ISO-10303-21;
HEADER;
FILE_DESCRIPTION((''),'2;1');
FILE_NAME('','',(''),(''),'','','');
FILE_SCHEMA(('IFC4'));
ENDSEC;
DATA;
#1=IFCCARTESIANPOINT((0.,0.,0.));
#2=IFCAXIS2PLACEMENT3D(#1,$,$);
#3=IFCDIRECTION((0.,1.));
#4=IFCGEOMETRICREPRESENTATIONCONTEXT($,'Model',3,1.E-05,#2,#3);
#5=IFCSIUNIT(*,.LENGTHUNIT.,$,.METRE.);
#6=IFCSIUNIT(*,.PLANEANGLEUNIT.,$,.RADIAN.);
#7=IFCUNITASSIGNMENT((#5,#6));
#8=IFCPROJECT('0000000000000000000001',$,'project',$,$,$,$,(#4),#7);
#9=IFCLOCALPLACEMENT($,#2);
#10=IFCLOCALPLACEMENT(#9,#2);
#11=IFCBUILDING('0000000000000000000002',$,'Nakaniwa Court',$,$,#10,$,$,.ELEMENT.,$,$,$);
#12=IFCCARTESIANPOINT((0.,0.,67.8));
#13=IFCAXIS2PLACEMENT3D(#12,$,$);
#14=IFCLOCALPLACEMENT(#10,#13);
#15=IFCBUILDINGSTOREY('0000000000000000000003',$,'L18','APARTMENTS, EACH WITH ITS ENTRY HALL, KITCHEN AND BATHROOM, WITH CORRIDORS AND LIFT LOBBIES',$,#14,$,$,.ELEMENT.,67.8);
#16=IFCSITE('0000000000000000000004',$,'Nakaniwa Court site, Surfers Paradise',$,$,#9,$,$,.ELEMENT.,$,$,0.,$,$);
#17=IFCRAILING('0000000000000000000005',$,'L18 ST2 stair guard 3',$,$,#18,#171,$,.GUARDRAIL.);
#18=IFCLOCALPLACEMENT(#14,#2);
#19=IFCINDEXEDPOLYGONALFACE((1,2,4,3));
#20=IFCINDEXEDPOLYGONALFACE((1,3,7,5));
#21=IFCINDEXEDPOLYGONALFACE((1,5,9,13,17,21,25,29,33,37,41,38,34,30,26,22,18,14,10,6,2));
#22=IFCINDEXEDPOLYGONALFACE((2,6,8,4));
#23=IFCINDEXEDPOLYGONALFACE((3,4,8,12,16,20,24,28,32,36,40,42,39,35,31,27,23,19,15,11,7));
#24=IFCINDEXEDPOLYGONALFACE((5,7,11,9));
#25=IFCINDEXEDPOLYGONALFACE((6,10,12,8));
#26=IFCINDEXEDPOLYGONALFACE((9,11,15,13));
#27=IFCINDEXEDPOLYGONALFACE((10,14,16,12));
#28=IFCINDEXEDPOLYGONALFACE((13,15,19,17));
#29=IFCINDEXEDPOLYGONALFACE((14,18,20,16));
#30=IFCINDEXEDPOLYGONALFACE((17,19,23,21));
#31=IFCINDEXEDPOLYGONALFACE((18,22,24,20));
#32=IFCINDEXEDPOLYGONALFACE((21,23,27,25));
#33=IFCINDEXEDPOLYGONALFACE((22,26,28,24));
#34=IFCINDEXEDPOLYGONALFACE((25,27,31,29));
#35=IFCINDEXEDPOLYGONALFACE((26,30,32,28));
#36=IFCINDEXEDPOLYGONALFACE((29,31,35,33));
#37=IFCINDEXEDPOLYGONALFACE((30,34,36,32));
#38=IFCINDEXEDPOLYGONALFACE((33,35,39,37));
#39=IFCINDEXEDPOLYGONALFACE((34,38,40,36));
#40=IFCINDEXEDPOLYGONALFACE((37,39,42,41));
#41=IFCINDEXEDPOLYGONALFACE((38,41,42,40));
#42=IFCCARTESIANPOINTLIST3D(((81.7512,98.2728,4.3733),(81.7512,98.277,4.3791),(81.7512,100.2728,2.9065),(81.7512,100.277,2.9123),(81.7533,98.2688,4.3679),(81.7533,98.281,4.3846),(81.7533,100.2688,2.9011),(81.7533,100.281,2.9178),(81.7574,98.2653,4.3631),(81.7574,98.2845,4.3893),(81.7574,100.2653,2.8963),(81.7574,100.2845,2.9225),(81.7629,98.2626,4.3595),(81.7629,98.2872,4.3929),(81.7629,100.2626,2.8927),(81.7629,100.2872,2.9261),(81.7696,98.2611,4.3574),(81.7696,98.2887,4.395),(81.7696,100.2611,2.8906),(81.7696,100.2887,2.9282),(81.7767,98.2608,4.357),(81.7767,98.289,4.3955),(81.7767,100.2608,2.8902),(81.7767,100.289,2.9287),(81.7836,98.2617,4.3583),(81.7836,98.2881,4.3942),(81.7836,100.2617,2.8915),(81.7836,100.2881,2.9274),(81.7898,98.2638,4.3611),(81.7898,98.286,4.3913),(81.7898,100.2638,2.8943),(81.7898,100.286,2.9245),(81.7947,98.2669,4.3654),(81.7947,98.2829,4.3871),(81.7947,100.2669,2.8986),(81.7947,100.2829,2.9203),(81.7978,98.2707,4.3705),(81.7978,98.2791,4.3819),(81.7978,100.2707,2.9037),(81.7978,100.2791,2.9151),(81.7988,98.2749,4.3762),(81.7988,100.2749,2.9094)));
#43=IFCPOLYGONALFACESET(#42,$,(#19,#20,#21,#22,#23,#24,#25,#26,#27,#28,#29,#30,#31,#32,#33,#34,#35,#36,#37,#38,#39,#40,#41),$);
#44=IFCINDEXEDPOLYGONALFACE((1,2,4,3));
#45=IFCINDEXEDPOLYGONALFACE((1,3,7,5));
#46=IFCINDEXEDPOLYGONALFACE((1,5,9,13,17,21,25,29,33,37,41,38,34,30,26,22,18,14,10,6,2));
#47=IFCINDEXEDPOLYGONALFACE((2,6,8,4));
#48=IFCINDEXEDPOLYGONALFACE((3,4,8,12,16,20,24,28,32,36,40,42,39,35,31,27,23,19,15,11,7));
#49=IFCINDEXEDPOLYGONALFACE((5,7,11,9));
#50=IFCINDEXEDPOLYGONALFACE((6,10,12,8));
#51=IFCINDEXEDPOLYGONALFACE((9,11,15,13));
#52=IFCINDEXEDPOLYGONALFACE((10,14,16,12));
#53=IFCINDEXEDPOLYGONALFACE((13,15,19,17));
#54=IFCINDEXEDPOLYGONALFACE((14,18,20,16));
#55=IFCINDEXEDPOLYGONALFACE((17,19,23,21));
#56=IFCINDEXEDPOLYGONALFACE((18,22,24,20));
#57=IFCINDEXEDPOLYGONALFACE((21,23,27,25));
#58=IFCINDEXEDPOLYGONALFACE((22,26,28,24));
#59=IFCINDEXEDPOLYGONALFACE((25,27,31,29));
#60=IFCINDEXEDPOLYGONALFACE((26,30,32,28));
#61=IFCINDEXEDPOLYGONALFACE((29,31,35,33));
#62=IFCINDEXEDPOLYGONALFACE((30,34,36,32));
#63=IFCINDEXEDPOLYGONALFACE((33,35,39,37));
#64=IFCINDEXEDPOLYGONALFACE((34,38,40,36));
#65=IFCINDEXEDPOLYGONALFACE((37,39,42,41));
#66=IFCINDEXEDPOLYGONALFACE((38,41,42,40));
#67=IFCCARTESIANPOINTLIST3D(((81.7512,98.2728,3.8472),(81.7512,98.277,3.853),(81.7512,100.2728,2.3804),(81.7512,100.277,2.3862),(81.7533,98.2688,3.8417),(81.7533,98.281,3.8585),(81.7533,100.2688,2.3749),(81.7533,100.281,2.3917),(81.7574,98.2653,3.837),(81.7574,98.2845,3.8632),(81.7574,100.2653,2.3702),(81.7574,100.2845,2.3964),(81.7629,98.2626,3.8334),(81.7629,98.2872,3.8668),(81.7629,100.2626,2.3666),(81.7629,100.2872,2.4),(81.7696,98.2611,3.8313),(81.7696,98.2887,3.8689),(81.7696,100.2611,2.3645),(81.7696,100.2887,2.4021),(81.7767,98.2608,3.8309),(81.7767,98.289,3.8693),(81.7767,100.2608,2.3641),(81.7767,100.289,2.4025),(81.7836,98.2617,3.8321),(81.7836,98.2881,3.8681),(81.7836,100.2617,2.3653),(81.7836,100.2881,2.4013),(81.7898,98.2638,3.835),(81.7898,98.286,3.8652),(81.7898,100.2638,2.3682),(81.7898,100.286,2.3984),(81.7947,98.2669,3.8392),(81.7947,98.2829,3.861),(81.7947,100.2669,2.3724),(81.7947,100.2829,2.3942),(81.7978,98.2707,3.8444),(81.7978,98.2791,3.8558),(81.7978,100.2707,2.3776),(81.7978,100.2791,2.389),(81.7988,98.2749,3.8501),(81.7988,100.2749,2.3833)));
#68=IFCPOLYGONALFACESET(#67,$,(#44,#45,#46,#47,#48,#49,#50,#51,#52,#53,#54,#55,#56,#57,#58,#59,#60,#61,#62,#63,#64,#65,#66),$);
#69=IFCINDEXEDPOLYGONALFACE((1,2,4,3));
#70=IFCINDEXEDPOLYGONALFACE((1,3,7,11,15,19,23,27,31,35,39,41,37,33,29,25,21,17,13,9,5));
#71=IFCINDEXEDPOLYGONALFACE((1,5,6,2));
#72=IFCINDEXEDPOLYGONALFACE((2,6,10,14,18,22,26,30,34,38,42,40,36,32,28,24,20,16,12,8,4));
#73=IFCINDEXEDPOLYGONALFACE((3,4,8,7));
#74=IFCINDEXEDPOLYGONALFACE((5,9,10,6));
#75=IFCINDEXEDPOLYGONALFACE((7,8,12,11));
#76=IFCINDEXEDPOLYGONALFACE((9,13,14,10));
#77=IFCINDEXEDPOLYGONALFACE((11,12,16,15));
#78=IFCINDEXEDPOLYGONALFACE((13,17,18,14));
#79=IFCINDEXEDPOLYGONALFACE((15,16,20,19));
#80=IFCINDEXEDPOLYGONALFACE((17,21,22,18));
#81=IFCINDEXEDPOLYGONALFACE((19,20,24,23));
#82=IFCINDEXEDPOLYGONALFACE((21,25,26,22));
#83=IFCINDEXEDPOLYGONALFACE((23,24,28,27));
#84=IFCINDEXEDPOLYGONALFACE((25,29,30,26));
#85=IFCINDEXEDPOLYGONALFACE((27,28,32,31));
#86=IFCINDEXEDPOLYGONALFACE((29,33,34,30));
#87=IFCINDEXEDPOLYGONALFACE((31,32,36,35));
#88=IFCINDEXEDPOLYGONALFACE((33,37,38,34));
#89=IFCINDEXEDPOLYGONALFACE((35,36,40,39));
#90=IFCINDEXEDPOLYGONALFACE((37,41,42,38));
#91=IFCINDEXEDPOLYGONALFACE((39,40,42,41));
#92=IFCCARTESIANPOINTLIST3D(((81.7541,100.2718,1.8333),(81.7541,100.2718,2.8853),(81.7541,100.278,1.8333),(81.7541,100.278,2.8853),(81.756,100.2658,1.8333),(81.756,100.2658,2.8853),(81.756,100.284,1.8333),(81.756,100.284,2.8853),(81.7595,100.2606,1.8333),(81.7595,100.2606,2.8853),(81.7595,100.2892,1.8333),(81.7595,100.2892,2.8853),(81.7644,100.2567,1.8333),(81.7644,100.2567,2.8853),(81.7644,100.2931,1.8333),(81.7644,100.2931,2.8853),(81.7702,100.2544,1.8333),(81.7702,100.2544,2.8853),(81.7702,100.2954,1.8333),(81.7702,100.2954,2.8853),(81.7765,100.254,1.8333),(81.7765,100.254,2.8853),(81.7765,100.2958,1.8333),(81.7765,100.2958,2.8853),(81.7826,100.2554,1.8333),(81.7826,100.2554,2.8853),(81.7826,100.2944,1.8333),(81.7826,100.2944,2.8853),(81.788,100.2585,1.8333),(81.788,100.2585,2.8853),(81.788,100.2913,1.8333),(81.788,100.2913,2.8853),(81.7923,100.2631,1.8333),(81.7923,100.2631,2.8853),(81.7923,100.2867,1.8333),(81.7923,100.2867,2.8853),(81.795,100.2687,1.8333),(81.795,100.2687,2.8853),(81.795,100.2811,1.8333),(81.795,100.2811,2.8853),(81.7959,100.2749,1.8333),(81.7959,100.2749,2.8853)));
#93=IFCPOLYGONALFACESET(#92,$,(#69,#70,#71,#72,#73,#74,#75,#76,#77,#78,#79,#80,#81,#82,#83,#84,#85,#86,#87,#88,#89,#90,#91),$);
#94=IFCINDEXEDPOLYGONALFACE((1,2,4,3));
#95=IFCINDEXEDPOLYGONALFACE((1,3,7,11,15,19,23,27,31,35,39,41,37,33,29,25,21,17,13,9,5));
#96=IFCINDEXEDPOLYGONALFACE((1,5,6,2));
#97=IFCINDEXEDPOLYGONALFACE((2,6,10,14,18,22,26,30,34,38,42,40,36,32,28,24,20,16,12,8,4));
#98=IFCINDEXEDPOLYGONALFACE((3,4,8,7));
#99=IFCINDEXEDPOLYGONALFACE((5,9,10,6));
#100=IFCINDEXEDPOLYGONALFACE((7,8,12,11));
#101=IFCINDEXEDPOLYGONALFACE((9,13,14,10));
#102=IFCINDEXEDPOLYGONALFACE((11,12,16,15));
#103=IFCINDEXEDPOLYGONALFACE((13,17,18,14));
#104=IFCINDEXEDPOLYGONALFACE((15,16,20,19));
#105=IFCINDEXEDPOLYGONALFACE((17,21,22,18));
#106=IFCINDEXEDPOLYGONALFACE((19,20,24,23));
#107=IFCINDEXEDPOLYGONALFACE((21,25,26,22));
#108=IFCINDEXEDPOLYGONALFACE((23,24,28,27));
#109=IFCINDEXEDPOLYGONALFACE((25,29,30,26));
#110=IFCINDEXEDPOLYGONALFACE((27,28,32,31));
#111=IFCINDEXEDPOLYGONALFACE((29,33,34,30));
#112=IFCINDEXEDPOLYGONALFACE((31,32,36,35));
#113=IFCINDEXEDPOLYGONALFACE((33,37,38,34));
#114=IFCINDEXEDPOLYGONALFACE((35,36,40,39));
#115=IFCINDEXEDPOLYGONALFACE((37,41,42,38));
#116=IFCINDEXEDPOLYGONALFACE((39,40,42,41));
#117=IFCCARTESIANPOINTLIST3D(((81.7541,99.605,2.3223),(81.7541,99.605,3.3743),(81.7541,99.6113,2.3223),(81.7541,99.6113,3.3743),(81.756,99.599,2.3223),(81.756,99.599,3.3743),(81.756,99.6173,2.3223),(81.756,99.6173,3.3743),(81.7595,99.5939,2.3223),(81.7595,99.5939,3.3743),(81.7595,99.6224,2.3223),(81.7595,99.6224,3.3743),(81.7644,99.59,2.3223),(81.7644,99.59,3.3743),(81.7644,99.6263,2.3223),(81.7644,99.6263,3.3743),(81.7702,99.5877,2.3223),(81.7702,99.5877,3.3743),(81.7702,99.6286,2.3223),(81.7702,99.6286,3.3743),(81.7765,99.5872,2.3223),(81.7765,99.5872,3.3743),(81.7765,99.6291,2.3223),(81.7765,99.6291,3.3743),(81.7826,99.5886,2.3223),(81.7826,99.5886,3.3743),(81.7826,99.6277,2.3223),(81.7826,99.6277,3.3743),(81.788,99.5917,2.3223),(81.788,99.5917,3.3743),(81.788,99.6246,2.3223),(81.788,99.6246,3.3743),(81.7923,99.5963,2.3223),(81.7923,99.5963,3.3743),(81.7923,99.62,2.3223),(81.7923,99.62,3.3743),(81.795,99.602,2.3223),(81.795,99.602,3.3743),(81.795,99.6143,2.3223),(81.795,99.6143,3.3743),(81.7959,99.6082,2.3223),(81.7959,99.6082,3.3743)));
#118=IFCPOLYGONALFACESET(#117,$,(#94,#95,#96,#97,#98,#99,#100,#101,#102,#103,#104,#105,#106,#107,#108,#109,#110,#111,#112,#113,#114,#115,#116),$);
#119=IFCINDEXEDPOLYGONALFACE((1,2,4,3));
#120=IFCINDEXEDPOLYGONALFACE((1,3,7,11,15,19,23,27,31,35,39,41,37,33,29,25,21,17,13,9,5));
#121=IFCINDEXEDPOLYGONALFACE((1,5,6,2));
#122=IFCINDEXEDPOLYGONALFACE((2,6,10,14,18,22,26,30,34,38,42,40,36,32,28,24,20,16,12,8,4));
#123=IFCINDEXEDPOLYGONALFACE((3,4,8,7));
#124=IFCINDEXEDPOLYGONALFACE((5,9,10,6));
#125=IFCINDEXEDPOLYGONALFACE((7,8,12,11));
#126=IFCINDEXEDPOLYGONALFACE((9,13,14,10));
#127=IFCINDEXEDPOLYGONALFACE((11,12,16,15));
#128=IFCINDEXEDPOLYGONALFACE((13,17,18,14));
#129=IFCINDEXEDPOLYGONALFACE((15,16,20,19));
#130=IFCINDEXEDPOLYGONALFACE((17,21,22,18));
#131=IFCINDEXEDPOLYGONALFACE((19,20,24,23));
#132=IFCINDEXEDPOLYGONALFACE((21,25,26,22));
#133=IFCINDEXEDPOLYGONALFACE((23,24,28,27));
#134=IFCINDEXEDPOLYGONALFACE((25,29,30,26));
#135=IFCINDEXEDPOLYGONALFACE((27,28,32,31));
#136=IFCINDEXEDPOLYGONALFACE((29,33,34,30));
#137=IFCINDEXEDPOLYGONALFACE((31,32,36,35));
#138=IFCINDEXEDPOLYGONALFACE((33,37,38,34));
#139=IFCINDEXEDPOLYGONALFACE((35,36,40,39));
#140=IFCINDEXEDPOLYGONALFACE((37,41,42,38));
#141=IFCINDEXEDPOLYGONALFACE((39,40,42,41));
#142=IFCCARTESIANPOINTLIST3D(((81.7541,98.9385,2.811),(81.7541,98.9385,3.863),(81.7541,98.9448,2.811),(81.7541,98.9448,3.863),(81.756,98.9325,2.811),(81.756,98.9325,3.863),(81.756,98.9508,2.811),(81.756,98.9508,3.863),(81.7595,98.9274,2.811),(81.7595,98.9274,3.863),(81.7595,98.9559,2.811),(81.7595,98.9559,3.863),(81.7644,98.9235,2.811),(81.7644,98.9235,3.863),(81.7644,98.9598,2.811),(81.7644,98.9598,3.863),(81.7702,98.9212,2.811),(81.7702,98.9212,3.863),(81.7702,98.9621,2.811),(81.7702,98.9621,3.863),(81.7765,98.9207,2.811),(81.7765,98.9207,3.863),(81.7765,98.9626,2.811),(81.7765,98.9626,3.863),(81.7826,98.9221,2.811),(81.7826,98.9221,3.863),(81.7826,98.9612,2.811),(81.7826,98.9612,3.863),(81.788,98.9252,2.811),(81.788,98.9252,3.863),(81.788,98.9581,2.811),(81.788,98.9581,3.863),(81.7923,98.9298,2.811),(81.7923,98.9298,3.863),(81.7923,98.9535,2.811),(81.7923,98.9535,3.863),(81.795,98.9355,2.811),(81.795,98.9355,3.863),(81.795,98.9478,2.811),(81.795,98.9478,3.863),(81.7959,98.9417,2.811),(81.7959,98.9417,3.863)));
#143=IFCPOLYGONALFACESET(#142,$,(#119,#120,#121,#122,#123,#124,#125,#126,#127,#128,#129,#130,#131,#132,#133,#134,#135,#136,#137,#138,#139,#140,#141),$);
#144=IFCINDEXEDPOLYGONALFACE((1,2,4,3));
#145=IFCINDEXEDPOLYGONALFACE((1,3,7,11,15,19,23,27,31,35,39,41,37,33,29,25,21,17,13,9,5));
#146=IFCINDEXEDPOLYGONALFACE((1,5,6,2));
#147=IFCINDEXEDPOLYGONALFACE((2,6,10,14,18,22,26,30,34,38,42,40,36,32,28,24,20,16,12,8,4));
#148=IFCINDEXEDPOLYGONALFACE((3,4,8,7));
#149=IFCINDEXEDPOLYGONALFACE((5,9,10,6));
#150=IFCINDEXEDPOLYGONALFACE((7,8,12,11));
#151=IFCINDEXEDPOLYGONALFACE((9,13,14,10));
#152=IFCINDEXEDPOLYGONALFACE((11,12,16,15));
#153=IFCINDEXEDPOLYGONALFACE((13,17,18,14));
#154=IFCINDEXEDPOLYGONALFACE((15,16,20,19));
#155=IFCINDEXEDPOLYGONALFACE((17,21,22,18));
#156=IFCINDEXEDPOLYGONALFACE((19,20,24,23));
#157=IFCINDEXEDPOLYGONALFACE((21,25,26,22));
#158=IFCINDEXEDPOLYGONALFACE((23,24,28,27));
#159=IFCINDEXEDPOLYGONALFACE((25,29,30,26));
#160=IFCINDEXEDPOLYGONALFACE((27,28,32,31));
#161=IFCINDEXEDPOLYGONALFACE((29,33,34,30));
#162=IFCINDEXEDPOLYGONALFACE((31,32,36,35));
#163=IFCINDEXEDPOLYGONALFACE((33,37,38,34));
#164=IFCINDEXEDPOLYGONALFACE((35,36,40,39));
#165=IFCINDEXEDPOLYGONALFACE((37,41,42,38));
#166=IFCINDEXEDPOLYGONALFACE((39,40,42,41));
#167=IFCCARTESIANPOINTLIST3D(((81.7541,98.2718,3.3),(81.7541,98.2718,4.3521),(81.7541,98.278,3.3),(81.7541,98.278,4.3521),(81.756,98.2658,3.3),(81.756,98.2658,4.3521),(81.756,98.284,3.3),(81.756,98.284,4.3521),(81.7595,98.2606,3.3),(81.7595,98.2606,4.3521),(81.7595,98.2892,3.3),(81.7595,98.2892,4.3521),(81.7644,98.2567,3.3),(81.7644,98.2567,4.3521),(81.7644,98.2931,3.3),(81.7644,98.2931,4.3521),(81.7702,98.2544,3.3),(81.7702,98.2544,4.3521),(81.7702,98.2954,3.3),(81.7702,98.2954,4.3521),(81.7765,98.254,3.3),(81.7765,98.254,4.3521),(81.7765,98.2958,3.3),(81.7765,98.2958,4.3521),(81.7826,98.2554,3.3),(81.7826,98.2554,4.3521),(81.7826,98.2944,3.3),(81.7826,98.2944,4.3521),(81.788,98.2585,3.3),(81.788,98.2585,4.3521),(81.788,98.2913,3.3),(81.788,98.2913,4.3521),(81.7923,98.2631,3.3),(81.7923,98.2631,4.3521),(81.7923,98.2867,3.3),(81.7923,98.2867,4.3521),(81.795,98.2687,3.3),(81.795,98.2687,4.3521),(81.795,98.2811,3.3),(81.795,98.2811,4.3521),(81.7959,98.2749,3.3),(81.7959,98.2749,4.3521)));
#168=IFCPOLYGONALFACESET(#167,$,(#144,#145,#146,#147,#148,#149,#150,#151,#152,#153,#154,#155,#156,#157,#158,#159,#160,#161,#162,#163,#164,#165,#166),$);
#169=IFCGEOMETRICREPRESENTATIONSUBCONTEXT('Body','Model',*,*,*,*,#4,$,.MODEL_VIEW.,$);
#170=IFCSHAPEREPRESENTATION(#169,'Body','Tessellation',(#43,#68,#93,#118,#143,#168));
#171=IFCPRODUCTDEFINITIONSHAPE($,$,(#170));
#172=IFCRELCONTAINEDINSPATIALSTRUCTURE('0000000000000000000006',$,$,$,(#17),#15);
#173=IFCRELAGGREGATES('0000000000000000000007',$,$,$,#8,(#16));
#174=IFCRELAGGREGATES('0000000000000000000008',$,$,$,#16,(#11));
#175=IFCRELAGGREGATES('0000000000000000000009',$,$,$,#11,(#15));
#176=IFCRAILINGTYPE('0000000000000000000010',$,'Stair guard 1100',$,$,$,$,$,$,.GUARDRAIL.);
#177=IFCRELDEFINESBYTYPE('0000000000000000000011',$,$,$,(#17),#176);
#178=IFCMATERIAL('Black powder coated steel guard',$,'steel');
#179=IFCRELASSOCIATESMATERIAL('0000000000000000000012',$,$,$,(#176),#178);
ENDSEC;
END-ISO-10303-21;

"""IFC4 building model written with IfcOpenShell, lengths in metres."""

from ifc_helpers import new_model, si_unit, direction, frame, origin, origin_2d, place, context, subcontext, project, spatial, circle, extrude, material, type_object, element, save


model = new_model("IFC4")

# Units and contexts
model_context = context("Model", 3, precision=1e-05, world=origin(), true_north=direction((0.0, 1.0)))
body_context = subcontext(model_context, "Body", "Model", "MODEL_VIEW")
ifc_project = project(units=[si_unit("LENGTHUNIT", "METRE"), si_unit("PLANEANGLEUNIT", "RADIAN")], contexts=[model_context])

# Site, building, storey
site_placement = place(None, origin())
site = spatial("IfcSite", under=ifc_project, at=site_placement, Name="Nakaniwa Court site, Surfers Paradise", CompositionType="ELEMENT", RefElevation=0.0)
building_placement = place(site_placement, origin())
building = spatial("IfcBuilding", under=site, at=building_placement, Name="Nakaniwa Court", CompositionType="ELEMENT")
storey_placement = place(building_placement, frame((0.0, 0.0, 67.8)))
storey = spatial("IfcBuildingStorey", under=building, at=storey_placement, Name="L18", Description="APARTMENTS, EACH WITH ITS ENTRY HALL, KITCHEN AND BATHROOM, WITH CORRIDORS AND LIFT LOBBIES", CompositionType="ELEMENT", Elevation=67.8)

# Railing
ifc_material_1 = material(Name="Black powder coated steel guard", Category="steel")
railing_type_1 = type_object("IfcRailingType", Name="Stair guard 1100", PredefinedType="GUARDRAIL", material=ifc_material_1)
railing_1_placement = place(storey_placement, frame((81.7749, 100.2749, 1.8333)))
element("IfcRailing", 1, at=railing_1_placement, inside=storey, type_object=railing_type_1, Name="L18 ST2 stair guard 3", PredefinedType="GUARDRAIL", context=body_context, shape_type="SweptSolid", body=[
    extrude(circle(Radius=0.0239, at=origin_2d()), frame((0.0, 0.0, 1.0762), z_axis=(0.0, -0.80638, 0.591398), x_axis=(1.0, 0.0, 0.0)), (0.0, 0.0, 1.0), 2.4802),
    extrude(circle(Radius=0.0239, at=origin_2d()), frame((0.0, 0.0, 0.55), z_axis=(0.0, -0.80638, 0.591398), x_axis=(1.0, 0.0, 0.0)), (0.0, 0.0, 1.0), 2.4802),
    extrude(circle(Radius=0.021, at=origin_2d()), origin(), (0.0, 0.0, 1.0), 1.052),
    extrude(circle(Radius=0.021, at=origin_2d()), frame((0.0, -0.6667, 0.489)), (0.0, 0.0, 1.0), 1.052),
    extrude(circle(Radius=0.021, at=origin_2d()), frame((0.0, -1.3333, 0.9778)), (0.0, 0.0, 1.0), 1.052),
    extrude(circle(Radius=0.021, at=origin_2d()), frame((0.0, -2.0, 1.4668)), (0.0, 0.0, 1.0), 1.052),
])

save(model, "model.ifc")
